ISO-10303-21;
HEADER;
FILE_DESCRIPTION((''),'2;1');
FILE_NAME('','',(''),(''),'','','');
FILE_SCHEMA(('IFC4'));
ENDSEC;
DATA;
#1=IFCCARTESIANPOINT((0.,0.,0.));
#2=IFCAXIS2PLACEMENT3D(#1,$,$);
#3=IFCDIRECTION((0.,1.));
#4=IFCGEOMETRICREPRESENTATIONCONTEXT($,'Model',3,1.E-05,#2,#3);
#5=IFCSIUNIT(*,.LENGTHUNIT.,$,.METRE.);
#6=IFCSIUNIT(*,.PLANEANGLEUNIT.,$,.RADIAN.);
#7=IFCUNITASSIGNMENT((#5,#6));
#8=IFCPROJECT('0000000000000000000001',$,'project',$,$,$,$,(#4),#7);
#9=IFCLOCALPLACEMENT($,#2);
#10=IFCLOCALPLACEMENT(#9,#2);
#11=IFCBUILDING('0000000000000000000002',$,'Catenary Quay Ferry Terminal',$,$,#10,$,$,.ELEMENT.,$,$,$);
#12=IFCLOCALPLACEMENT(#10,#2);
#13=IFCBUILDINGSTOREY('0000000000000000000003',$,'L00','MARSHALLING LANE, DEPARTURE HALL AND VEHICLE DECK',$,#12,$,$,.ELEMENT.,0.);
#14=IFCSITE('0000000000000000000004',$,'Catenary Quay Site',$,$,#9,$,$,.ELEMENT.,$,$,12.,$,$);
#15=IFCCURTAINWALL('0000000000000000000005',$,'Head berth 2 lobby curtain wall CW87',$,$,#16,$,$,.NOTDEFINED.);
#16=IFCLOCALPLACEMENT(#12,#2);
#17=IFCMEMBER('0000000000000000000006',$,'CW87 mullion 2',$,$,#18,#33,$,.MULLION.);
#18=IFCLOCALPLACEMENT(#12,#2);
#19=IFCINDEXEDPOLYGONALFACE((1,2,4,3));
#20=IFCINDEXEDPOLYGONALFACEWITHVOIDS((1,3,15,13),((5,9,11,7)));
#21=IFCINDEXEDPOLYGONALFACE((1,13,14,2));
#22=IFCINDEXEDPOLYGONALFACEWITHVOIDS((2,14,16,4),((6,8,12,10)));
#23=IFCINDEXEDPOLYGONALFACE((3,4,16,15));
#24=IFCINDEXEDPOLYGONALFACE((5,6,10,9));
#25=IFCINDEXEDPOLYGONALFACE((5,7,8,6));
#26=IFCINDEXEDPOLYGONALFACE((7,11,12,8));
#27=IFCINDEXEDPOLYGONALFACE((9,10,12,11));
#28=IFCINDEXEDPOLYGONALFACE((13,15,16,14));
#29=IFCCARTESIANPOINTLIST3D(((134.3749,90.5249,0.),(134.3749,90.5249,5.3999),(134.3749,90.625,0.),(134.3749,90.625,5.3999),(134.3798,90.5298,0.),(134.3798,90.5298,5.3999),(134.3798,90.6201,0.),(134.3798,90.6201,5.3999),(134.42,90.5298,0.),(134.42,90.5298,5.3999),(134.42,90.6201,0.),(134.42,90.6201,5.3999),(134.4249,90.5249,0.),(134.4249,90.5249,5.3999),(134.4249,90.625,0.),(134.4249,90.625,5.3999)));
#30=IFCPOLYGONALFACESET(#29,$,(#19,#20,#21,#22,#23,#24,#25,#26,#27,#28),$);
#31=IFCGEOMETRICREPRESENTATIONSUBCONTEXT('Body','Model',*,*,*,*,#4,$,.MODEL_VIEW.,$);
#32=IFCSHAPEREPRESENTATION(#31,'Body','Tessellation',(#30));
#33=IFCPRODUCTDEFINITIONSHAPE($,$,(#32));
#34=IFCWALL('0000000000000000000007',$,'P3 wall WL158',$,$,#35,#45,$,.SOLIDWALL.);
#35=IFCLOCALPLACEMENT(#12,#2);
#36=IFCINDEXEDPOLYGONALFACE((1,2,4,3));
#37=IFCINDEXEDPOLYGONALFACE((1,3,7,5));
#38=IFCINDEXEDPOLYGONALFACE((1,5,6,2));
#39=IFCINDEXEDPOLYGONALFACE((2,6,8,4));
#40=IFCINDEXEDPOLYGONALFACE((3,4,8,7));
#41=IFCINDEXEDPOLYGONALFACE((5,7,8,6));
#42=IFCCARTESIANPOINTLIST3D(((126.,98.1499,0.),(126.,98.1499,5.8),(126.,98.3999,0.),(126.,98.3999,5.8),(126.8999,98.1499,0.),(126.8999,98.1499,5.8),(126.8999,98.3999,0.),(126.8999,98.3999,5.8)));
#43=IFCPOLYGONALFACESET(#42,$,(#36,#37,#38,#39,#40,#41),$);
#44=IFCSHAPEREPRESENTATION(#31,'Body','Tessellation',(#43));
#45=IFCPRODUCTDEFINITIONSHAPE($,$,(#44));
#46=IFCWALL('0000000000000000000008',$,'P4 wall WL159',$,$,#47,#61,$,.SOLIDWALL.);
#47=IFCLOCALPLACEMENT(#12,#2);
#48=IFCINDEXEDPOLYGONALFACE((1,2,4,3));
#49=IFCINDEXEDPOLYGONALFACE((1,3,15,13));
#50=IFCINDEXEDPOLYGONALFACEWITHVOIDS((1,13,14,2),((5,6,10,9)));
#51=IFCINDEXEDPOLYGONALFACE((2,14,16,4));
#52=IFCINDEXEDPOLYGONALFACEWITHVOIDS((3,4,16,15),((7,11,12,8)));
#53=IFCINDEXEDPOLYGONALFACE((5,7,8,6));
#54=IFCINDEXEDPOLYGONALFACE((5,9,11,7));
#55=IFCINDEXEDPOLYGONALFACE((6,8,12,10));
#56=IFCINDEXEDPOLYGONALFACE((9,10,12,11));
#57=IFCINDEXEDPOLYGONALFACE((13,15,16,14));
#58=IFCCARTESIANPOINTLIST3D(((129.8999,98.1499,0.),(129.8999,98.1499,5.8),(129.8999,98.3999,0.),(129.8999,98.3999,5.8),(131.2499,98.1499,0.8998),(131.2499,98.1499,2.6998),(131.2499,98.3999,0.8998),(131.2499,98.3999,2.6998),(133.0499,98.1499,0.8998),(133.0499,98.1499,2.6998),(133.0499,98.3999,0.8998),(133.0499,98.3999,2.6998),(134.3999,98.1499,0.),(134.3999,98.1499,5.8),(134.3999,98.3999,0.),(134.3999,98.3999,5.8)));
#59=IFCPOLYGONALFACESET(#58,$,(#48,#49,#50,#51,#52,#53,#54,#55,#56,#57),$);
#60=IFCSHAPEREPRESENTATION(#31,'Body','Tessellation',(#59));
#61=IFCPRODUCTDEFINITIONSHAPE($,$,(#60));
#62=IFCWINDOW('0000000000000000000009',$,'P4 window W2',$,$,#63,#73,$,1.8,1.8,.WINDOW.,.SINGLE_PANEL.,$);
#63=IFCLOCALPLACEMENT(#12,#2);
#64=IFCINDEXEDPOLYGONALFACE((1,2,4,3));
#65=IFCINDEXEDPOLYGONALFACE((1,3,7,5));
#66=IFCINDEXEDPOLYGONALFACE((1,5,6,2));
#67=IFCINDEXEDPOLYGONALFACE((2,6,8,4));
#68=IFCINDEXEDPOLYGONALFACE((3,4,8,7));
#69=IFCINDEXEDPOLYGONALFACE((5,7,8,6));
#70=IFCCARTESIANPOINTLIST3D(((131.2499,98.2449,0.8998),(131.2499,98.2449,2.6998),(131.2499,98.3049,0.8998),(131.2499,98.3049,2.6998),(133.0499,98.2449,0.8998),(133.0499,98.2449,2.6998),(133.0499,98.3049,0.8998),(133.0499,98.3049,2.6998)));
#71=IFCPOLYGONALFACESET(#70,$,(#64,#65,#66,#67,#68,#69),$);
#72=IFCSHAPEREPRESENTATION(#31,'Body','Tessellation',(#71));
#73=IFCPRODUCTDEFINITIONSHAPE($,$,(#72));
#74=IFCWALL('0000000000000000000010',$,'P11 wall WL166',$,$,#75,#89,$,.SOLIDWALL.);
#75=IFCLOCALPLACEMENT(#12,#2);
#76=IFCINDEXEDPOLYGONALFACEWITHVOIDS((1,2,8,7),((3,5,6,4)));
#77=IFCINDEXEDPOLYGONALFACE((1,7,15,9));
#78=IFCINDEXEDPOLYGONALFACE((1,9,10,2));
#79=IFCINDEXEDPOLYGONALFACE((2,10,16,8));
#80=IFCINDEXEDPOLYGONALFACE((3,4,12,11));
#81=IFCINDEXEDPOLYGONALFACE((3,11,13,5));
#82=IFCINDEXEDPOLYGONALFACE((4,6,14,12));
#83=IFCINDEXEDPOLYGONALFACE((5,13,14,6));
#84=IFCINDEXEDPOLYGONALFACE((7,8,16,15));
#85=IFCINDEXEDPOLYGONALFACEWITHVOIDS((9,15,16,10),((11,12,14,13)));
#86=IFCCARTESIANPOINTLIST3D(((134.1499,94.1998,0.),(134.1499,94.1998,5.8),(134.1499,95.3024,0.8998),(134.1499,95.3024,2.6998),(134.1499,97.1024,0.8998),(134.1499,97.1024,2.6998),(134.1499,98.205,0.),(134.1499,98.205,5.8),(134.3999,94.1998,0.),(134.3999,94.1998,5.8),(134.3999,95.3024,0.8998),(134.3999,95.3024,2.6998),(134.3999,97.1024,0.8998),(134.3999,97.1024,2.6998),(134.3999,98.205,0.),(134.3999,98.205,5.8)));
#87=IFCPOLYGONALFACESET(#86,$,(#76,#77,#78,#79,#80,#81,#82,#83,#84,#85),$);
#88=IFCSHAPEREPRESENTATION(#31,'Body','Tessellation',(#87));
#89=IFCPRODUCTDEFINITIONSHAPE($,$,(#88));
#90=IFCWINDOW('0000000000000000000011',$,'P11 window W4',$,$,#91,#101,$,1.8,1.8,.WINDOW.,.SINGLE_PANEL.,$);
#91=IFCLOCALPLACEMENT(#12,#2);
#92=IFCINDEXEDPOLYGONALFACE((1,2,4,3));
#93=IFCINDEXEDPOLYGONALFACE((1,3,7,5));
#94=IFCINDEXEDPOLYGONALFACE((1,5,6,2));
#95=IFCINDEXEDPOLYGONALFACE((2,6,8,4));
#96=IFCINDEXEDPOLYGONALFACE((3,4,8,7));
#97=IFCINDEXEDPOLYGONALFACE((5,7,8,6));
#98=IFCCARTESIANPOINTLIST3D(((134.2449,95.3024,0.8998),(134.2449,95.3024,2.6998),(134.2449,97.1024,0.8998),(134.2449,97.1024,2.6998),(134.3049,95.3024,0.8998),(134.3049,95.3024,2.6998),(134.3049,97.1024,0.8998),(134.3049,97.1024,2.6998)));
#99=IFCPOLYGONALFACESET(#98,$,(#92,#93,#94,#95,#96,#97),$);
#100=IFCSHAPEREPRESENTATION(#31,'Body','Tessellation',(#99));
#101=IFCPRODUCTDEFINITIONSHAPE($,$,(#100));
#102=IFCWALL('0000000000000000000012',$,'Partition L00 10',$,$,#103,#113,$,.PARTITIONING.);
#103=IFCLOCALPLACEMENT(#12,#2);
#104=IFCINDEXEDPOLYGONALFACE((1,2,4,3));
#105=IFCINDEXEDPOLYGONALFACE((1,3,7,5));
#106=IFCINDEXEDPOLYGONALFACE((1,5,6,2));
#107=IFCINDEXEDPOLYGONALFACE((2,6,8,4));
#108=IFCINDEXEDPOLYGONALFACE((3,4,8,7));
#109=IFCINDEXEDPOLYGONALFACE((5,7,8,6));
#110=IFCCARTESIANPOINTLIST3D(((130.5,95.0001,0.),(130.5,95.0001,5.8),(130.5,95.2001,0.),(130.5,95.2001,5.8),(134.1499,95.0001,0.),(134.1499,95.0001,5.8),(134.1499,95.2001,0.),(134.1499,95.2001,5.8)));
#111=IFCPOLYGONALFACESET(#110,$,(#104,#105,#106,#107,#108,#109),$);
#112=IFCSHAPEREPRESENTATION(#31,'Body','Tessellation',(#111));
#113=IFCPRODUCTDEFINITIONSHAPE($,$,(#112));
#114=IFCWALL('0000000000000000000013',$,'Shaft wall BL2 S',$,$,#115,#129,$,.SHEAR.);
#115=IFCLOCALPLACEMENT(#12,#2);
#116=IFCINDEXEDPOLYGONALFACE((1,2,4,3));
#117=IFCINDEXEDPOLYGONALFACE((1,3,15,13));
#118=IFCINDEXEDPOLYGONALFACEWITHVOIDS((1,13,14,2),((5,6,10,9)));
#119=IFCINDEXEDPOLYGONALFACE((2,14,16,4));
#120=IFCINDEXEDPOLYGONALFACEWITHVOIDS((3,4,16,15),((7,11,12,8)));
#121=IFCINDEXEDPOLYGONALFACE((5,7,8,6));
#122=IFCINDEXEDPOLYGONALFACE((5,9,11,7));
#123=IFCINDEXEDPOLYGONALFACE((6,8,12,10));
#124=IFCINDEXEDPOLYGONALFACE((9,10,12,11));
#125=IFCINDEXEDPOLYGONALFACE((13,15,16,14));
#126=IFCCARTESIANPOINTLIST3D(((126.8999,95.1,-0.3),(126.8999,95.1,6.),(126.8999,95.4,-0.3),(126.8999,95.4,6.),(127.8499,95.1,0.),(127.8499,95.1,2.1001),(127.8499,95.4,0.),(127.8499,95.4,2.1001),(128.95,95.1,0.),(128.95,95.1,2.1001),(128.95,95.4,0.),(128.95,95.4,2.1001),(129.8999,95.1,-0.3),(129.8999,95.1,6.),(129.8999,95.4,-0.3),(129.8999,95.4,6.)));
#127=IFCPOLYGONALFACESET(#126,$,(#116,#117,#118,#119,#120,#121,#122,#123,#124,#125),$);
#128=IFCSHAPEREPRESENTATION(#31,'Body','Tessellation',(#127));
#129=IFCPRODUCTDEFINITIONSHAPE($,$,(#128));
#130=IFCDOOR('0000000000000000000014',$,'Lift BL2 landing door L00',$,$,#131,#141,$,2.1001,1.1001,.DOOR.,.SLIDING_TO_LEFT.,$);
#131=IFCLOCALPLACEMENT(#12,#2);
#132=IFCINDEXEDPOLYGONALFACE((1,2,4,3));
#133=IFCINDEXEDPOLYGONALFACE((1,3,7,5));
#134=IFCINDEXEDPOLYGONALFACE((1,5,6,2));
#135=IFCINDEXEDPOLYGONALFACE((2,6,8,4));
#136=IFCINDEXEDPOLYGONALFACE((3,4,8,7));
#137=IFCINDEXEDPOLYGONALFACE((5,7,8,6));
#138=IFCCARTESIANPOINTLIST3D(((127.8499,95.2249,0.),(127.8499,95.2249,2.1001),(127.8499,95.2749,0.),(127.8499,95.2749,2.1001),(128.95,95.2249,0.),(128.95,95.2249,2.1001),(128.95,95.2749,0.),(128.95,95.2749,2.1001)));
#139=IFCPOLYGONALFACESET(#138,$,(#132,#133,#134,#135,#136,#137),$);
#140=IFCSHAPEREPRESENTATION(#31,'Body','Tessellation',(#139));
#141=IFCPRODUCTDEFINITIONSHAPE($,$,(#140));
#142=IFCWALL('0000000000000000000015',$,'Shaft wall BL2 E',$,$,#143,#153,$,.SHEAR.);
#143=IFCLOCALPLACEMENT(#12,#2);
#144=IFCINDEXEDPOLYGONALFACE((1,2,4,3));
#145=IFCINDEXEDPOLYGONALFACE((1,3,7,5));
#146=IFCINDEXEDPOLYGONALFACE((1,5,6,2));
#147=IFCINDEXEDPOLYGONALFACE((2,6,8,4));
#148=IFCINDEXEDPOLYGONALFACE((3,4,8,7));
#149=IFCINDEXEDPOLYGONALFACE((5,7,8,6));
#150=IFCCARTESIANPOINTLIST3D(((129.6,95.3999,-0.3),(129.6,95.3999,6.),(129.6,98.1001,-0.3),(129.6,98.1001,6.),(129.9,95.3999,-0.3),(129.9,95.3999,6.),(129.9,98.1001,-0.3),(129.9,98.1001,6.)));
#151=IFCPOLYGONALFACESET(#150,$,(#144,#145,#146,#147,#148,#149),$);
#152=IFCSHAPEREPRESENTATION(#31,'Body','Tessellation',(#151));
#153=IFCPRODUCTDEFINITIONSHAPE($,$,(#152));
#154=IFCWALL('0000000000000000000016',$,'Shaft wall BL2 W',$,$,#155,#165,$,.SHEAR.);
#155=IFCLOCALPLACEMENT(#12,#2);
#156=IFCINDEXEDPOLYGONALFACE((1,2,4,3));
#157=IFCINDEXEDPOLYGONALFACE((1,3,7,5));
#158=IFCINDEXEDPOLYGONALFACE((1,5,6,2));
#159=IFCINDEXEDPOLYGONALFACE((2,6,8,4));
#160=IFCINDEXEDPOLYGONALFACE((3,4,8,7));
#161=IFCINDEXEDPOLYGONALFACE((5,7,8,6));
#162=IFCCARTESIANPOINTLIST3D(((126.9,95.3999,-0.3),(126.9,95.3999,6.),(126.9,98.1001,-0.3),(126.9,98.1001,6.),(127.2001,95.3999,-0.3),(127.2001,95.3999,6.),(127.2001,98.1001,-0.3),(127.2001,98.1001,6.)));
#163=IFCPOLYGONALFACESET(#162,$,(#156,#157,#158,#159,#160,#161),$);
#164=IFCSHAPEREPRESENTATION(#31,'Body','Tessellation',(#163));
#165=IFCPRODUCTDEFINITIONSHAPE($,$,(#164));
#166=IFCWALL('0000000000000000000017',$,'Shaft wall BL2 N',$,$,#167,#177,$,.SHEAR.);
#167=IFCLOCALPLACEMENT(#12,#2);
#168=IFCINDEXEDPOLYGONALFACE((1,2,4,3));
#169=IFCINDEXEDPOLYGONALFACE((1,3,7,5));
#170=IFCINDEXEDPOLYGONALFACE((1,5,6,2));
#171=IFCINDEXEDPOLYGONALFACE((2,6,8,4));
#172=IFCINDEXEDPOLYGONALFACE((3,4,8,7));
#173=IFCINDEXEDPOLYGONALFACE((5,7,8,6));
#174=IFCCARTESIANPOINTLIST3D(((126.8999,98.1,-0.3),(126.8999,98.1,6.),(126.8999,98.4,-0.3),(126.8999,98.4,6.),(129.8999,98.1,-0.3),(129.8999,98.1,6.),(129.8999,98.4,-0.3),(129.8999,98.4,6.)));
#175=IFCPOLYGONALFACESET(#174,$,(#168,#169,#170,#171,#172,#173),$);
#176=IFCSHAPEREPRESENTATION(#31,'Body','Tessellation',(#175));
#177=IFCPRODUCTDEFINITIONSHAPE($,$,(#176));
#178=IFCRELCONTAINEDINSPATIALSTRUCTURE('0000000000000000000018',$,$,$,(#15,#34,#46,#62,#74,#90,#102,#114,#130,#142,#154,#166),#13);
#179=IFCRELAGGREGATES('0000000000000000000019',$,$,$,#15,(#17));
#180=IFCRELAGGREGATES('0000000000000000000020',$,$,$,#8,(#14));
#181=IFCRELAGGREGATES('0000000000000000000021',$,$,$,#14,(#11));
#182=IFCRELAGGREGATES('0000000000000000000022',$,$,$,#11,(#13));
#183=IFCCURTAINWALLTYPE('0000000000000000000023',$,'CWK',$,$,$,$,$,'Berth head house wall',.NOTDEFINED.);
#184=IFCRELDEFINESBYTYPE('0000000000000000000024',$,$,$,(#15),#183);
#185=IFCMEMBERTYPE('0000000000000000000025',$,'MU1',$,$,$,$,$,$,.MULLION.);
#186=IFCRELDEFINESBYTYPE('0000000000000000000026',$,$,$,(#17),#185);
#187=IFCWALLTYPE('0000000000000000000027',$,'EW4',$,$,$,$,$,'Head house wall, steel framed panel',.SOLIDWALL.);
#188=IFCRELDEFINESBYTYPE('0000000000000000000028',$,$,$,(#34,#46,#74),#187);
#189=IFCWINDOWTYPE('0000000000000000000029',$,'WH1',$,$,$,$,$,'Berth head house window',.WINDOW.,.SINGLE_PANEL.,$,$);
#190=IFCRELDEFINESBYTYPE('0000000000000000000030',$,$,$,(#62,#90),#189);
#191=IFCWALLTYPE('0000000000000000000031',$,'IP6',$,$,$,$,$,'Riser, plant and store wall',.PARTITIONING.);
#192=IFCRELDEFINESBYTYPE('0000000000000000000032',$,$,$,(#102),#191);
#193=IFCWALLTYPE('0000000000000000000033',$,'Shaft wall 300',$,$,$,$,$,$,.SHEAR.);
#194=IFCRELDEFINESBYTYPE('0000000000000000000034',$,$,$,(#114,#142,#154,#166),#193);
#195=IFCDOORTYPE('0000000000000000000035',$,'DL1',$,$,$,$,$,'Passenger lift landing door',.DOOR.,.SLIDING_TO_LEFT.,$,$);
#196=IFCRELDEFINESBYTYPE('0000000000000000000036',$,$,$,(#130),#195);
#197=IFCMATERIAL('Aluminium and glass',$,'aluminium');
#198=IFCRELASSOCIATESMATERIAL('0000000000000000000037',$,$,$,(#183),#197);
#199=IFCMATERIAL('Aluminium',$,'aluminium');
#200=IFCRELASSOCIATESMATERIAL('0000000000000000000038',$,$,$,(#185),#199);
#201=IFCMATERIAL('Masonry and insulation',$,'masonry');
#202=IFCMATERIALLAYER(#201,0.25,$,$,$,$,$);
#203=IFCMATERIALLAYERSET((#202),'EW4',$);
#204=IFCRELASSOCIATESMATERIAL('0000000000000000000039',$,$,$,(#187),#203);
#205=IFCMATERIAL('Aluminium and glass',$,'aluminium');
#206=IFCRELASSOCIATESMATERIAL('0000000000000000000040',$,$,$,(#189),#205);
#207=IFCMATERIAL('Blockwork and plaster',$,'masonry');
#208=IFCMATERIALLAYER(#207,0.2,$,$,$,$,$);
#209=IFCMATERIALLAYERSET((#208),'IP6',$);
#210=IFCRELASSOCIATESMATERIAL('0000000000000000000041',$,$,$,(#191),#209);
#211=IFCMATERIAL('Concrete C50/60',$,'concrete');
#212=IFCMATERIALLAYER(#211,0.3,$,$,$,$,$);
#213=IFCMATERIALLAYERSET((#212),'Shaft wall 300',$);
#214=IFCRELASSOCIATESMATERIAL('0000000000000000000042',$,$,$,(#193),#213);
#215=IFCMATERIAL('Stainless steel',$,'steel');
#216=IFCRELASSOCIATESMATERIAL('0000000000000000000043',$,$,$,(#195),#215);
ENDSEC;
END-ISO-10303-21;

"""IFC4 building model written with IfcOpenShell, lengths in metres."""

from ifc_helpers import new_model, si_unit, direction, frame, frame_2d, origin, origin_2d, place, context, subcontext, project, spatial, rectangle, hollow_rectangle, extrude, material, layer, layer_set, material_profile, profile_set, type_object, element, fill, aggregate, save


model = new_model("IFC4")

# Units and contexts
model_context = context("Model", 3, precision=1e-05, world=origin(), true_north=direction((0.0, 1.0)))
body_context = subcontext(model_context, "Body", "Model", "MODEL_VIEW")
ifc_project = project(units=[si_unit("LENGTHUNIT", "METRE"), si_unit("PLANEANGLEUNIT", "RADIAN")], contexts=[model_context])

# Site, building, storey
site_placement = place(None, origin())
site = spatial("IfcSite", under=ifc_project, at=site_placement, Name="Catenary Quay Site", CompositionType="ELEMENT", RefElevation=12.0)
building_placement = place(site_placement, origin())
building = spatial("IfcBuilding", under=site, at=building_placement, Name="Catenary Quay Ferry Terminal", CompositionType="ELEMENT")
storey_placement = place(building_placement, origin())
storey = spatial("IfcBuildingStorey", under=building, at=storey_placement, Name="L00", Description="MARSHALLING LANE, DEPARTURE HALL AND VEHICLE DECK", CompositionType="ELEMENT", Elevation=0.0)

# Curtain wall, member
ifc_material_1 = material(Name="Aluminium and glass", Category="aluminium")
curtain_wall_type = type_object("IfcCurtainWallType", Name="CWK", ElementType="Berth head house wall", PredefinedType="NOTDEFINED", material=ifc_material_1)
curtain_wall_placement = place(storey_placement, origin())
curtain_wall = element("IfcCurtainWall", 1, at=curtain_wall_placement, inside=storey, type_object=curtain_wall_type, Name="Head berth 2 lobby curtain wall CW87", PredefinedType="NOTDEFINED")
ifc_material_2 = material(Name="Aluminium", Category="aluminium")
ifc_material_profile_1 = material_profile(ifc_material_2, hollow_rectangle(XDim=0.05, YDim=0.1001, WallThickness=0.0049, at=origin_2d()), Name="MU1")
ifc_profile_set_1 = profile_set([ifc_material_profile_1], Name="Aluminium")
member_type_1 = type_object("IfcMemberType", Name="MU1", PredefinedType="MULLION", material=ifc_profile_set_1)
member_1_placement = place(storey_placement, frame((134.3999, 90.575, 0.0), z_axis=(0.0, 0.0, 1.0), x_axis=(-1.0, 0.0, 0.0)))
member_1 = element("IfcMember", 2, at=member_1_placement, type_object=member_type_1, Name="CW87 mullion 2", PredefinedType="MULLION", context=body_context, shape_type="SweptSolid", body=[
    extrude(hollow_rectangle(XDim=0.05, YDim=0.1001, WallThickness=0.0049, at=origin_2d()), origin(), (0.0, 0.0, 1.0), 5.3999),
])
aggregate(curtain_wall, [member_1])

# Wall
ifc_material_3 = material(Name="Masonry and insulation", Category="masonry")
ifc_layer_1 = layer(ifc_material_3, 0.25)
ifc_layer_set_1 = layer_set([ifc_layer_1], Name="EW4")
wall_type_1 = type_object("IfcWallType", Name="EW4", ElementType="Head house wall, steel framed panel", PredefinedType="SOLIDWALL", material=ifc_layer_set_1)
wall_1_placement = place(storey_placement, frame((126.0, 98.2749, 0.0), z_axis=(0.0, 0.0, 1.0), x_axis=(1.0, 0.0, 0.0)))
element("IfcWall", 3, at=wall_1_placement, inside=storey, type_object=wall_type_1, Name="P3 wall WL158", PredefinedType="SOLIDWALL", context=body_context, shape_type="SweptSolid", body=[
    extrude(rectangle(XDim=0.8999, YDim=0.25, at=frame_2d((0.45, 0.0))), origin(), (0.0, 0.0, 1.0), 5.8),
])

# Walls, openings, windows
wall_2_placement = place(storey_placement, frame((129.8999, 98.2749, 0.0), z_axis=(0.0, 0.0, 1.0), x_axis=(1.0, 0.0, 0.0)))
wall_2 = element("IfcWall", 4, at=wall_2_placement, inside=storey, type_object=wall_type_1, Name="P4 wall WL159", PredefinedType="SOLIDWALL", context=body_context, shape_type="SweptSolid", body=[
    extrude(rectangle(XDim=4.5, YDim=0.25, at=frame_2d((2.25, 0.0))), origin(), (0.0, 0.0, 1.0), 5.8),
])
opening_1_placement = place(wall_2_placement, frame((1.3501, 0.0, 0.8999)))
opening_1 = element("IfcOpeningElement", 5, at=opening_1_placement, cuts=wall_2, PredefinedType="OPENING", context=body_context, shape_type="SweptSolid", body=[
    extrude(rectangle(XDim=1.8, YDim=1.8, at=frame_2d((0.8999, 0.8999))), frame((0.0, 0.135, 0.0), z_axis=(0.0, -1.0, 0.0), x_axis=(1.0, 0.0, 0.0)), (0.0, 0.0, 1.0), 0.27),
])
ifc_material_4 = material(Name="Aluminium and glass", Category="aluminium")
window_type = type_object("IfcWindowType", Name="WH1", ElementType="Berth head house window", PartitioningType="SINGLE_PANEL", PredefinedType="WINDOW", material=ifc_material_4)
window_1_placement = place(opening_1_placement, origin())
window_1 = element("IfcWindow", 6, at=window_1_placement, inside=storey, type_object=window_type, Name="P4 window W2", OverallHeight=1.8, OverallWidth=1.8, PartitioningType="SINGLE_PANEL", PredefinedType="WINDOW", context=body_context, shape_type="SweptSolid", body=[
    extrude(rectangle(XDim=1.8, YDim=1.8, at=frame_2d((0.8999, 0.8999))), frame((0.0, 0.03, 0.0), z_axis=(0.0, -1.0, 0.0), x_axis=(1.0, 0.0, 0.0)), (0.0, 0.0, 1.0), 0.0601),
])
fill(opening_1, window_1)
wall_3_placement = place(storey_placement, frame((134.2749, 94.2, 0.0), z_axis=(0.0, 0.0, 1.0), x_axis=(0.0, 1.0, 0.0)))
wall_3 = element("IfcWall", 7, at=wall_3_placement, inside=storey, type_object=wall_type_1, Name="P11 wall WL166", PredefinedType="SOLIDWALL", context=body_context, shape_type="SweptSolid", body=[
    extrude(rectangle(XDim=4.0051, YDim=0.25, at=frame_2d((2.0024, 0.0))), origin(), (0.0, 0.0, 1.0), 5.8),
])
opening_2_placement = place(wall_3_placement, frame((1.1025, 0.0, 0.8999)))
opening_2 = element("IfcOpeningElement", 8, at=opening_2_placement, cuts=wall_3, PredefinedType="OPENING", context=body_context, shape_type="SweptSolid", body=[
    extrude(rectangle(XDim=1.8, YDim=1.8, at=frame_2d((0.8999, 0.8999))), frame((0.0, 0.135, 0.0), z_axis=(0.0, -1.0, 0.0), x_axis=(1.0, 0.0, 0.0)), (0.0, 0.0, 1.0), 0.27),
])
window_2_placement = place(opening_2_placement, origin())
window_2 = element("IfcWindow", 9, at=window_2_placement, inside=storey, type_object=window_type, Name="P11 window W4", OverallHeight=1.8, OverallWidth=1.8, PartitioningType="SINGLE_PANEL", PredefinedType="WINDOW", context=body_context, shape_type="SweptSolid", body=[
    extrude(rectangle(XDim=1.8, YDim=1.8, at=frame_2d((0.8999, 0.8999))), frame((0.0, 0.03, 0.0), z_axis=(0.0, -1.0, 0.0), x_axis=(1.0, 0.0, 0.0)), (0.0, 0.0, 1.0), 0.0601),
])
fill(opening_2, window_2)

# Wall
ifc_material_5 = material(Name="Blockwork and plaster", Category="masonry")
ifc_layer_2 = layer(ifc_material_5, 0.2)
ifc_layer_set_2 = layer_set([ifc_layer_2], Name="IP6")
wall_type_2 = type_object("IfcWallType", Name="IP6", ElementType="Riser, plant and store wall", PredefinedType="PARTITIONING", material=ifc_layer_set_2)
wall_4_placement = place(storey_placement, frame((130.5, 95.1001, 0.0), z_axis=(0.0, 0.0, 1.0), x_axis=(1.0, 0.0, 0.0)))
element("IfcWall", 10, at=wall_4_placement, inside=storey, type_object=wall_type_2, Name="Partition L00 10", PredefinedType="PARTITIONING", context=body_context, shape_type="SweptSolid", body=[
    extrude(rectangle(XDim=3.6499, YDim=0.2, at=frame_2d((1.825, 0.0))), origin(), (0.0, 0.0, 1.0), 5.8),
])

# Wall, opening, door
ifc_material_6 = material(Name="Concrete C50/60", Category="concrete")
ifc_layer_3 = layer(ifc_material_6, 0.3)
ifc_layer_set_3 = layer_set([ifc_layer_3], Name="Shaft wall 300")
wall_type_3 = type_object("IfcWallType", Name="Shaft wall 300", PredefinedType="SHEAR", material=ifc_layer_set_3)
wall_5_placement = place(storey_placement, frame((126.8999, 95.25, -0.3), z_axis=(0.0, 0.0, 1.0), x_axis=(1.0, 0.0, 0.0)))
wall_5 = element("IfcWall", 11, at=wall_5_placement, inside=storey, type_object=wall_type_3, Name="Shaft wall BL2 S", PredefinedType="SHEAR", context=body_context, shape_type="SweptSolid", body=[
    extrude(rectangle(XDim=3.0, YDim=0.3, at=frame_2d((1.5, 0.0))), origin(), (0.0, 0.0, 1.0), 6.3),
])
opening_3_placement = place(wall_5_placement, frame((0.95, 0.0, 0.3)))
opening_3 = element("IfcOpeningElement", 12, at=opening_3_placement, cuts=wall_5, PredefinedType="OPENING", context=body_context, shape_type="SweptSolid", body=[
    extrude(rectangle(XDim=1.1001, YDim=2.1001, at=frame_2d((0.55, 1.05))), frame((0.0, 0.1599, 0.0), z_axis=(0.0, -1.0, 0.0), x_axis=(1.0, 0.0, 0.0)), (0.0, 0.0, 1.0), 0.3201),
])
ifc_material_7 = material(Name="Stainless steel", Category="steel")
door_type_1 = type_object("IfcDoorType", Name="DL1", ElementType="Passenger lift landing door", OperationType="SLIDING_TO_LEFT", PredefinedType="DOOR", material=ifc_material_7)
door_1_placement = place(opening_3_placement, origin())
door_1 = element("IfcDoor", 13, at=door_1_placement, inside=storey, type_object=door_type_1, Name="Lift BL2 landing door L00", OperationType="SLIDING_TO_LEFT", OverallHeight=2.1001, OverallWidth=1.1001, PredefinedType="DOOR", context=body_context, shape_type="SweptSolid", body=[
    extrude(rectangle(XDim=1.1001, YDim=2.1001, at=frame_2d((0.55, 1.05))), frame((0.0, 0.0249, 0.0), z_axis=(0.0, -1.0, 0.0), x_axis=(1.0, 0.0, 0.0)), (0.0, 0.0, 1.0), 0.05),
])
fill(opening_3, door_1)

# Walls
for number, where, z_axis, x_axis, name in (
    (14, (129.75, 95.3999, -0.3), (0.0, 0.0, 1.0), (0.0, 1.0, 0.0), "Shaft wall BL2 E"),
    (15, (127.05, 95.3999, -0.3), (0.0, 0.0, 1.0), (0.0, 1.0, 0.0), "Shaft wall BL2 W"),
):
    element("IfcWall", number, at=place(storey_placement, frame(where, z_axis=z_axis, x_axis=x_axis)), inside=storey, type_object=wall_type_3, Name=name, PredefinedType="SHEAR", context=body_context, shape_type="SweptSolid", body=[
        extrude(rectangle(XDim=2.7002, YDim=0.3, at=frame_2d((1.3501, 0.0))), origin(), (0.0, 0.0, 1.0), 6.3),
    ])
wall_6_placement = place(storey_placement, frame((126.8999, 98.25, -0.3), z_axis=(0.0, 0.0, 1.0), x_axis=(1.0, 0.0, 0.0)))
element("IfcWall", 16, at=wall_6_placement, inside=storey, type_object=wall_type_3, Name="Shaft wall BL2 N", PredefinedType="SHEAR", context=body_context, shape_type="SweptSolid", body=[
    extrude(rectangle(XDim=3.0, YDim=0.3, at=frame_2d((1.5, 0.0))), origin(), (0.0, 0.0, 1.0), 6.3),
])

save(model, "model.ifc")
